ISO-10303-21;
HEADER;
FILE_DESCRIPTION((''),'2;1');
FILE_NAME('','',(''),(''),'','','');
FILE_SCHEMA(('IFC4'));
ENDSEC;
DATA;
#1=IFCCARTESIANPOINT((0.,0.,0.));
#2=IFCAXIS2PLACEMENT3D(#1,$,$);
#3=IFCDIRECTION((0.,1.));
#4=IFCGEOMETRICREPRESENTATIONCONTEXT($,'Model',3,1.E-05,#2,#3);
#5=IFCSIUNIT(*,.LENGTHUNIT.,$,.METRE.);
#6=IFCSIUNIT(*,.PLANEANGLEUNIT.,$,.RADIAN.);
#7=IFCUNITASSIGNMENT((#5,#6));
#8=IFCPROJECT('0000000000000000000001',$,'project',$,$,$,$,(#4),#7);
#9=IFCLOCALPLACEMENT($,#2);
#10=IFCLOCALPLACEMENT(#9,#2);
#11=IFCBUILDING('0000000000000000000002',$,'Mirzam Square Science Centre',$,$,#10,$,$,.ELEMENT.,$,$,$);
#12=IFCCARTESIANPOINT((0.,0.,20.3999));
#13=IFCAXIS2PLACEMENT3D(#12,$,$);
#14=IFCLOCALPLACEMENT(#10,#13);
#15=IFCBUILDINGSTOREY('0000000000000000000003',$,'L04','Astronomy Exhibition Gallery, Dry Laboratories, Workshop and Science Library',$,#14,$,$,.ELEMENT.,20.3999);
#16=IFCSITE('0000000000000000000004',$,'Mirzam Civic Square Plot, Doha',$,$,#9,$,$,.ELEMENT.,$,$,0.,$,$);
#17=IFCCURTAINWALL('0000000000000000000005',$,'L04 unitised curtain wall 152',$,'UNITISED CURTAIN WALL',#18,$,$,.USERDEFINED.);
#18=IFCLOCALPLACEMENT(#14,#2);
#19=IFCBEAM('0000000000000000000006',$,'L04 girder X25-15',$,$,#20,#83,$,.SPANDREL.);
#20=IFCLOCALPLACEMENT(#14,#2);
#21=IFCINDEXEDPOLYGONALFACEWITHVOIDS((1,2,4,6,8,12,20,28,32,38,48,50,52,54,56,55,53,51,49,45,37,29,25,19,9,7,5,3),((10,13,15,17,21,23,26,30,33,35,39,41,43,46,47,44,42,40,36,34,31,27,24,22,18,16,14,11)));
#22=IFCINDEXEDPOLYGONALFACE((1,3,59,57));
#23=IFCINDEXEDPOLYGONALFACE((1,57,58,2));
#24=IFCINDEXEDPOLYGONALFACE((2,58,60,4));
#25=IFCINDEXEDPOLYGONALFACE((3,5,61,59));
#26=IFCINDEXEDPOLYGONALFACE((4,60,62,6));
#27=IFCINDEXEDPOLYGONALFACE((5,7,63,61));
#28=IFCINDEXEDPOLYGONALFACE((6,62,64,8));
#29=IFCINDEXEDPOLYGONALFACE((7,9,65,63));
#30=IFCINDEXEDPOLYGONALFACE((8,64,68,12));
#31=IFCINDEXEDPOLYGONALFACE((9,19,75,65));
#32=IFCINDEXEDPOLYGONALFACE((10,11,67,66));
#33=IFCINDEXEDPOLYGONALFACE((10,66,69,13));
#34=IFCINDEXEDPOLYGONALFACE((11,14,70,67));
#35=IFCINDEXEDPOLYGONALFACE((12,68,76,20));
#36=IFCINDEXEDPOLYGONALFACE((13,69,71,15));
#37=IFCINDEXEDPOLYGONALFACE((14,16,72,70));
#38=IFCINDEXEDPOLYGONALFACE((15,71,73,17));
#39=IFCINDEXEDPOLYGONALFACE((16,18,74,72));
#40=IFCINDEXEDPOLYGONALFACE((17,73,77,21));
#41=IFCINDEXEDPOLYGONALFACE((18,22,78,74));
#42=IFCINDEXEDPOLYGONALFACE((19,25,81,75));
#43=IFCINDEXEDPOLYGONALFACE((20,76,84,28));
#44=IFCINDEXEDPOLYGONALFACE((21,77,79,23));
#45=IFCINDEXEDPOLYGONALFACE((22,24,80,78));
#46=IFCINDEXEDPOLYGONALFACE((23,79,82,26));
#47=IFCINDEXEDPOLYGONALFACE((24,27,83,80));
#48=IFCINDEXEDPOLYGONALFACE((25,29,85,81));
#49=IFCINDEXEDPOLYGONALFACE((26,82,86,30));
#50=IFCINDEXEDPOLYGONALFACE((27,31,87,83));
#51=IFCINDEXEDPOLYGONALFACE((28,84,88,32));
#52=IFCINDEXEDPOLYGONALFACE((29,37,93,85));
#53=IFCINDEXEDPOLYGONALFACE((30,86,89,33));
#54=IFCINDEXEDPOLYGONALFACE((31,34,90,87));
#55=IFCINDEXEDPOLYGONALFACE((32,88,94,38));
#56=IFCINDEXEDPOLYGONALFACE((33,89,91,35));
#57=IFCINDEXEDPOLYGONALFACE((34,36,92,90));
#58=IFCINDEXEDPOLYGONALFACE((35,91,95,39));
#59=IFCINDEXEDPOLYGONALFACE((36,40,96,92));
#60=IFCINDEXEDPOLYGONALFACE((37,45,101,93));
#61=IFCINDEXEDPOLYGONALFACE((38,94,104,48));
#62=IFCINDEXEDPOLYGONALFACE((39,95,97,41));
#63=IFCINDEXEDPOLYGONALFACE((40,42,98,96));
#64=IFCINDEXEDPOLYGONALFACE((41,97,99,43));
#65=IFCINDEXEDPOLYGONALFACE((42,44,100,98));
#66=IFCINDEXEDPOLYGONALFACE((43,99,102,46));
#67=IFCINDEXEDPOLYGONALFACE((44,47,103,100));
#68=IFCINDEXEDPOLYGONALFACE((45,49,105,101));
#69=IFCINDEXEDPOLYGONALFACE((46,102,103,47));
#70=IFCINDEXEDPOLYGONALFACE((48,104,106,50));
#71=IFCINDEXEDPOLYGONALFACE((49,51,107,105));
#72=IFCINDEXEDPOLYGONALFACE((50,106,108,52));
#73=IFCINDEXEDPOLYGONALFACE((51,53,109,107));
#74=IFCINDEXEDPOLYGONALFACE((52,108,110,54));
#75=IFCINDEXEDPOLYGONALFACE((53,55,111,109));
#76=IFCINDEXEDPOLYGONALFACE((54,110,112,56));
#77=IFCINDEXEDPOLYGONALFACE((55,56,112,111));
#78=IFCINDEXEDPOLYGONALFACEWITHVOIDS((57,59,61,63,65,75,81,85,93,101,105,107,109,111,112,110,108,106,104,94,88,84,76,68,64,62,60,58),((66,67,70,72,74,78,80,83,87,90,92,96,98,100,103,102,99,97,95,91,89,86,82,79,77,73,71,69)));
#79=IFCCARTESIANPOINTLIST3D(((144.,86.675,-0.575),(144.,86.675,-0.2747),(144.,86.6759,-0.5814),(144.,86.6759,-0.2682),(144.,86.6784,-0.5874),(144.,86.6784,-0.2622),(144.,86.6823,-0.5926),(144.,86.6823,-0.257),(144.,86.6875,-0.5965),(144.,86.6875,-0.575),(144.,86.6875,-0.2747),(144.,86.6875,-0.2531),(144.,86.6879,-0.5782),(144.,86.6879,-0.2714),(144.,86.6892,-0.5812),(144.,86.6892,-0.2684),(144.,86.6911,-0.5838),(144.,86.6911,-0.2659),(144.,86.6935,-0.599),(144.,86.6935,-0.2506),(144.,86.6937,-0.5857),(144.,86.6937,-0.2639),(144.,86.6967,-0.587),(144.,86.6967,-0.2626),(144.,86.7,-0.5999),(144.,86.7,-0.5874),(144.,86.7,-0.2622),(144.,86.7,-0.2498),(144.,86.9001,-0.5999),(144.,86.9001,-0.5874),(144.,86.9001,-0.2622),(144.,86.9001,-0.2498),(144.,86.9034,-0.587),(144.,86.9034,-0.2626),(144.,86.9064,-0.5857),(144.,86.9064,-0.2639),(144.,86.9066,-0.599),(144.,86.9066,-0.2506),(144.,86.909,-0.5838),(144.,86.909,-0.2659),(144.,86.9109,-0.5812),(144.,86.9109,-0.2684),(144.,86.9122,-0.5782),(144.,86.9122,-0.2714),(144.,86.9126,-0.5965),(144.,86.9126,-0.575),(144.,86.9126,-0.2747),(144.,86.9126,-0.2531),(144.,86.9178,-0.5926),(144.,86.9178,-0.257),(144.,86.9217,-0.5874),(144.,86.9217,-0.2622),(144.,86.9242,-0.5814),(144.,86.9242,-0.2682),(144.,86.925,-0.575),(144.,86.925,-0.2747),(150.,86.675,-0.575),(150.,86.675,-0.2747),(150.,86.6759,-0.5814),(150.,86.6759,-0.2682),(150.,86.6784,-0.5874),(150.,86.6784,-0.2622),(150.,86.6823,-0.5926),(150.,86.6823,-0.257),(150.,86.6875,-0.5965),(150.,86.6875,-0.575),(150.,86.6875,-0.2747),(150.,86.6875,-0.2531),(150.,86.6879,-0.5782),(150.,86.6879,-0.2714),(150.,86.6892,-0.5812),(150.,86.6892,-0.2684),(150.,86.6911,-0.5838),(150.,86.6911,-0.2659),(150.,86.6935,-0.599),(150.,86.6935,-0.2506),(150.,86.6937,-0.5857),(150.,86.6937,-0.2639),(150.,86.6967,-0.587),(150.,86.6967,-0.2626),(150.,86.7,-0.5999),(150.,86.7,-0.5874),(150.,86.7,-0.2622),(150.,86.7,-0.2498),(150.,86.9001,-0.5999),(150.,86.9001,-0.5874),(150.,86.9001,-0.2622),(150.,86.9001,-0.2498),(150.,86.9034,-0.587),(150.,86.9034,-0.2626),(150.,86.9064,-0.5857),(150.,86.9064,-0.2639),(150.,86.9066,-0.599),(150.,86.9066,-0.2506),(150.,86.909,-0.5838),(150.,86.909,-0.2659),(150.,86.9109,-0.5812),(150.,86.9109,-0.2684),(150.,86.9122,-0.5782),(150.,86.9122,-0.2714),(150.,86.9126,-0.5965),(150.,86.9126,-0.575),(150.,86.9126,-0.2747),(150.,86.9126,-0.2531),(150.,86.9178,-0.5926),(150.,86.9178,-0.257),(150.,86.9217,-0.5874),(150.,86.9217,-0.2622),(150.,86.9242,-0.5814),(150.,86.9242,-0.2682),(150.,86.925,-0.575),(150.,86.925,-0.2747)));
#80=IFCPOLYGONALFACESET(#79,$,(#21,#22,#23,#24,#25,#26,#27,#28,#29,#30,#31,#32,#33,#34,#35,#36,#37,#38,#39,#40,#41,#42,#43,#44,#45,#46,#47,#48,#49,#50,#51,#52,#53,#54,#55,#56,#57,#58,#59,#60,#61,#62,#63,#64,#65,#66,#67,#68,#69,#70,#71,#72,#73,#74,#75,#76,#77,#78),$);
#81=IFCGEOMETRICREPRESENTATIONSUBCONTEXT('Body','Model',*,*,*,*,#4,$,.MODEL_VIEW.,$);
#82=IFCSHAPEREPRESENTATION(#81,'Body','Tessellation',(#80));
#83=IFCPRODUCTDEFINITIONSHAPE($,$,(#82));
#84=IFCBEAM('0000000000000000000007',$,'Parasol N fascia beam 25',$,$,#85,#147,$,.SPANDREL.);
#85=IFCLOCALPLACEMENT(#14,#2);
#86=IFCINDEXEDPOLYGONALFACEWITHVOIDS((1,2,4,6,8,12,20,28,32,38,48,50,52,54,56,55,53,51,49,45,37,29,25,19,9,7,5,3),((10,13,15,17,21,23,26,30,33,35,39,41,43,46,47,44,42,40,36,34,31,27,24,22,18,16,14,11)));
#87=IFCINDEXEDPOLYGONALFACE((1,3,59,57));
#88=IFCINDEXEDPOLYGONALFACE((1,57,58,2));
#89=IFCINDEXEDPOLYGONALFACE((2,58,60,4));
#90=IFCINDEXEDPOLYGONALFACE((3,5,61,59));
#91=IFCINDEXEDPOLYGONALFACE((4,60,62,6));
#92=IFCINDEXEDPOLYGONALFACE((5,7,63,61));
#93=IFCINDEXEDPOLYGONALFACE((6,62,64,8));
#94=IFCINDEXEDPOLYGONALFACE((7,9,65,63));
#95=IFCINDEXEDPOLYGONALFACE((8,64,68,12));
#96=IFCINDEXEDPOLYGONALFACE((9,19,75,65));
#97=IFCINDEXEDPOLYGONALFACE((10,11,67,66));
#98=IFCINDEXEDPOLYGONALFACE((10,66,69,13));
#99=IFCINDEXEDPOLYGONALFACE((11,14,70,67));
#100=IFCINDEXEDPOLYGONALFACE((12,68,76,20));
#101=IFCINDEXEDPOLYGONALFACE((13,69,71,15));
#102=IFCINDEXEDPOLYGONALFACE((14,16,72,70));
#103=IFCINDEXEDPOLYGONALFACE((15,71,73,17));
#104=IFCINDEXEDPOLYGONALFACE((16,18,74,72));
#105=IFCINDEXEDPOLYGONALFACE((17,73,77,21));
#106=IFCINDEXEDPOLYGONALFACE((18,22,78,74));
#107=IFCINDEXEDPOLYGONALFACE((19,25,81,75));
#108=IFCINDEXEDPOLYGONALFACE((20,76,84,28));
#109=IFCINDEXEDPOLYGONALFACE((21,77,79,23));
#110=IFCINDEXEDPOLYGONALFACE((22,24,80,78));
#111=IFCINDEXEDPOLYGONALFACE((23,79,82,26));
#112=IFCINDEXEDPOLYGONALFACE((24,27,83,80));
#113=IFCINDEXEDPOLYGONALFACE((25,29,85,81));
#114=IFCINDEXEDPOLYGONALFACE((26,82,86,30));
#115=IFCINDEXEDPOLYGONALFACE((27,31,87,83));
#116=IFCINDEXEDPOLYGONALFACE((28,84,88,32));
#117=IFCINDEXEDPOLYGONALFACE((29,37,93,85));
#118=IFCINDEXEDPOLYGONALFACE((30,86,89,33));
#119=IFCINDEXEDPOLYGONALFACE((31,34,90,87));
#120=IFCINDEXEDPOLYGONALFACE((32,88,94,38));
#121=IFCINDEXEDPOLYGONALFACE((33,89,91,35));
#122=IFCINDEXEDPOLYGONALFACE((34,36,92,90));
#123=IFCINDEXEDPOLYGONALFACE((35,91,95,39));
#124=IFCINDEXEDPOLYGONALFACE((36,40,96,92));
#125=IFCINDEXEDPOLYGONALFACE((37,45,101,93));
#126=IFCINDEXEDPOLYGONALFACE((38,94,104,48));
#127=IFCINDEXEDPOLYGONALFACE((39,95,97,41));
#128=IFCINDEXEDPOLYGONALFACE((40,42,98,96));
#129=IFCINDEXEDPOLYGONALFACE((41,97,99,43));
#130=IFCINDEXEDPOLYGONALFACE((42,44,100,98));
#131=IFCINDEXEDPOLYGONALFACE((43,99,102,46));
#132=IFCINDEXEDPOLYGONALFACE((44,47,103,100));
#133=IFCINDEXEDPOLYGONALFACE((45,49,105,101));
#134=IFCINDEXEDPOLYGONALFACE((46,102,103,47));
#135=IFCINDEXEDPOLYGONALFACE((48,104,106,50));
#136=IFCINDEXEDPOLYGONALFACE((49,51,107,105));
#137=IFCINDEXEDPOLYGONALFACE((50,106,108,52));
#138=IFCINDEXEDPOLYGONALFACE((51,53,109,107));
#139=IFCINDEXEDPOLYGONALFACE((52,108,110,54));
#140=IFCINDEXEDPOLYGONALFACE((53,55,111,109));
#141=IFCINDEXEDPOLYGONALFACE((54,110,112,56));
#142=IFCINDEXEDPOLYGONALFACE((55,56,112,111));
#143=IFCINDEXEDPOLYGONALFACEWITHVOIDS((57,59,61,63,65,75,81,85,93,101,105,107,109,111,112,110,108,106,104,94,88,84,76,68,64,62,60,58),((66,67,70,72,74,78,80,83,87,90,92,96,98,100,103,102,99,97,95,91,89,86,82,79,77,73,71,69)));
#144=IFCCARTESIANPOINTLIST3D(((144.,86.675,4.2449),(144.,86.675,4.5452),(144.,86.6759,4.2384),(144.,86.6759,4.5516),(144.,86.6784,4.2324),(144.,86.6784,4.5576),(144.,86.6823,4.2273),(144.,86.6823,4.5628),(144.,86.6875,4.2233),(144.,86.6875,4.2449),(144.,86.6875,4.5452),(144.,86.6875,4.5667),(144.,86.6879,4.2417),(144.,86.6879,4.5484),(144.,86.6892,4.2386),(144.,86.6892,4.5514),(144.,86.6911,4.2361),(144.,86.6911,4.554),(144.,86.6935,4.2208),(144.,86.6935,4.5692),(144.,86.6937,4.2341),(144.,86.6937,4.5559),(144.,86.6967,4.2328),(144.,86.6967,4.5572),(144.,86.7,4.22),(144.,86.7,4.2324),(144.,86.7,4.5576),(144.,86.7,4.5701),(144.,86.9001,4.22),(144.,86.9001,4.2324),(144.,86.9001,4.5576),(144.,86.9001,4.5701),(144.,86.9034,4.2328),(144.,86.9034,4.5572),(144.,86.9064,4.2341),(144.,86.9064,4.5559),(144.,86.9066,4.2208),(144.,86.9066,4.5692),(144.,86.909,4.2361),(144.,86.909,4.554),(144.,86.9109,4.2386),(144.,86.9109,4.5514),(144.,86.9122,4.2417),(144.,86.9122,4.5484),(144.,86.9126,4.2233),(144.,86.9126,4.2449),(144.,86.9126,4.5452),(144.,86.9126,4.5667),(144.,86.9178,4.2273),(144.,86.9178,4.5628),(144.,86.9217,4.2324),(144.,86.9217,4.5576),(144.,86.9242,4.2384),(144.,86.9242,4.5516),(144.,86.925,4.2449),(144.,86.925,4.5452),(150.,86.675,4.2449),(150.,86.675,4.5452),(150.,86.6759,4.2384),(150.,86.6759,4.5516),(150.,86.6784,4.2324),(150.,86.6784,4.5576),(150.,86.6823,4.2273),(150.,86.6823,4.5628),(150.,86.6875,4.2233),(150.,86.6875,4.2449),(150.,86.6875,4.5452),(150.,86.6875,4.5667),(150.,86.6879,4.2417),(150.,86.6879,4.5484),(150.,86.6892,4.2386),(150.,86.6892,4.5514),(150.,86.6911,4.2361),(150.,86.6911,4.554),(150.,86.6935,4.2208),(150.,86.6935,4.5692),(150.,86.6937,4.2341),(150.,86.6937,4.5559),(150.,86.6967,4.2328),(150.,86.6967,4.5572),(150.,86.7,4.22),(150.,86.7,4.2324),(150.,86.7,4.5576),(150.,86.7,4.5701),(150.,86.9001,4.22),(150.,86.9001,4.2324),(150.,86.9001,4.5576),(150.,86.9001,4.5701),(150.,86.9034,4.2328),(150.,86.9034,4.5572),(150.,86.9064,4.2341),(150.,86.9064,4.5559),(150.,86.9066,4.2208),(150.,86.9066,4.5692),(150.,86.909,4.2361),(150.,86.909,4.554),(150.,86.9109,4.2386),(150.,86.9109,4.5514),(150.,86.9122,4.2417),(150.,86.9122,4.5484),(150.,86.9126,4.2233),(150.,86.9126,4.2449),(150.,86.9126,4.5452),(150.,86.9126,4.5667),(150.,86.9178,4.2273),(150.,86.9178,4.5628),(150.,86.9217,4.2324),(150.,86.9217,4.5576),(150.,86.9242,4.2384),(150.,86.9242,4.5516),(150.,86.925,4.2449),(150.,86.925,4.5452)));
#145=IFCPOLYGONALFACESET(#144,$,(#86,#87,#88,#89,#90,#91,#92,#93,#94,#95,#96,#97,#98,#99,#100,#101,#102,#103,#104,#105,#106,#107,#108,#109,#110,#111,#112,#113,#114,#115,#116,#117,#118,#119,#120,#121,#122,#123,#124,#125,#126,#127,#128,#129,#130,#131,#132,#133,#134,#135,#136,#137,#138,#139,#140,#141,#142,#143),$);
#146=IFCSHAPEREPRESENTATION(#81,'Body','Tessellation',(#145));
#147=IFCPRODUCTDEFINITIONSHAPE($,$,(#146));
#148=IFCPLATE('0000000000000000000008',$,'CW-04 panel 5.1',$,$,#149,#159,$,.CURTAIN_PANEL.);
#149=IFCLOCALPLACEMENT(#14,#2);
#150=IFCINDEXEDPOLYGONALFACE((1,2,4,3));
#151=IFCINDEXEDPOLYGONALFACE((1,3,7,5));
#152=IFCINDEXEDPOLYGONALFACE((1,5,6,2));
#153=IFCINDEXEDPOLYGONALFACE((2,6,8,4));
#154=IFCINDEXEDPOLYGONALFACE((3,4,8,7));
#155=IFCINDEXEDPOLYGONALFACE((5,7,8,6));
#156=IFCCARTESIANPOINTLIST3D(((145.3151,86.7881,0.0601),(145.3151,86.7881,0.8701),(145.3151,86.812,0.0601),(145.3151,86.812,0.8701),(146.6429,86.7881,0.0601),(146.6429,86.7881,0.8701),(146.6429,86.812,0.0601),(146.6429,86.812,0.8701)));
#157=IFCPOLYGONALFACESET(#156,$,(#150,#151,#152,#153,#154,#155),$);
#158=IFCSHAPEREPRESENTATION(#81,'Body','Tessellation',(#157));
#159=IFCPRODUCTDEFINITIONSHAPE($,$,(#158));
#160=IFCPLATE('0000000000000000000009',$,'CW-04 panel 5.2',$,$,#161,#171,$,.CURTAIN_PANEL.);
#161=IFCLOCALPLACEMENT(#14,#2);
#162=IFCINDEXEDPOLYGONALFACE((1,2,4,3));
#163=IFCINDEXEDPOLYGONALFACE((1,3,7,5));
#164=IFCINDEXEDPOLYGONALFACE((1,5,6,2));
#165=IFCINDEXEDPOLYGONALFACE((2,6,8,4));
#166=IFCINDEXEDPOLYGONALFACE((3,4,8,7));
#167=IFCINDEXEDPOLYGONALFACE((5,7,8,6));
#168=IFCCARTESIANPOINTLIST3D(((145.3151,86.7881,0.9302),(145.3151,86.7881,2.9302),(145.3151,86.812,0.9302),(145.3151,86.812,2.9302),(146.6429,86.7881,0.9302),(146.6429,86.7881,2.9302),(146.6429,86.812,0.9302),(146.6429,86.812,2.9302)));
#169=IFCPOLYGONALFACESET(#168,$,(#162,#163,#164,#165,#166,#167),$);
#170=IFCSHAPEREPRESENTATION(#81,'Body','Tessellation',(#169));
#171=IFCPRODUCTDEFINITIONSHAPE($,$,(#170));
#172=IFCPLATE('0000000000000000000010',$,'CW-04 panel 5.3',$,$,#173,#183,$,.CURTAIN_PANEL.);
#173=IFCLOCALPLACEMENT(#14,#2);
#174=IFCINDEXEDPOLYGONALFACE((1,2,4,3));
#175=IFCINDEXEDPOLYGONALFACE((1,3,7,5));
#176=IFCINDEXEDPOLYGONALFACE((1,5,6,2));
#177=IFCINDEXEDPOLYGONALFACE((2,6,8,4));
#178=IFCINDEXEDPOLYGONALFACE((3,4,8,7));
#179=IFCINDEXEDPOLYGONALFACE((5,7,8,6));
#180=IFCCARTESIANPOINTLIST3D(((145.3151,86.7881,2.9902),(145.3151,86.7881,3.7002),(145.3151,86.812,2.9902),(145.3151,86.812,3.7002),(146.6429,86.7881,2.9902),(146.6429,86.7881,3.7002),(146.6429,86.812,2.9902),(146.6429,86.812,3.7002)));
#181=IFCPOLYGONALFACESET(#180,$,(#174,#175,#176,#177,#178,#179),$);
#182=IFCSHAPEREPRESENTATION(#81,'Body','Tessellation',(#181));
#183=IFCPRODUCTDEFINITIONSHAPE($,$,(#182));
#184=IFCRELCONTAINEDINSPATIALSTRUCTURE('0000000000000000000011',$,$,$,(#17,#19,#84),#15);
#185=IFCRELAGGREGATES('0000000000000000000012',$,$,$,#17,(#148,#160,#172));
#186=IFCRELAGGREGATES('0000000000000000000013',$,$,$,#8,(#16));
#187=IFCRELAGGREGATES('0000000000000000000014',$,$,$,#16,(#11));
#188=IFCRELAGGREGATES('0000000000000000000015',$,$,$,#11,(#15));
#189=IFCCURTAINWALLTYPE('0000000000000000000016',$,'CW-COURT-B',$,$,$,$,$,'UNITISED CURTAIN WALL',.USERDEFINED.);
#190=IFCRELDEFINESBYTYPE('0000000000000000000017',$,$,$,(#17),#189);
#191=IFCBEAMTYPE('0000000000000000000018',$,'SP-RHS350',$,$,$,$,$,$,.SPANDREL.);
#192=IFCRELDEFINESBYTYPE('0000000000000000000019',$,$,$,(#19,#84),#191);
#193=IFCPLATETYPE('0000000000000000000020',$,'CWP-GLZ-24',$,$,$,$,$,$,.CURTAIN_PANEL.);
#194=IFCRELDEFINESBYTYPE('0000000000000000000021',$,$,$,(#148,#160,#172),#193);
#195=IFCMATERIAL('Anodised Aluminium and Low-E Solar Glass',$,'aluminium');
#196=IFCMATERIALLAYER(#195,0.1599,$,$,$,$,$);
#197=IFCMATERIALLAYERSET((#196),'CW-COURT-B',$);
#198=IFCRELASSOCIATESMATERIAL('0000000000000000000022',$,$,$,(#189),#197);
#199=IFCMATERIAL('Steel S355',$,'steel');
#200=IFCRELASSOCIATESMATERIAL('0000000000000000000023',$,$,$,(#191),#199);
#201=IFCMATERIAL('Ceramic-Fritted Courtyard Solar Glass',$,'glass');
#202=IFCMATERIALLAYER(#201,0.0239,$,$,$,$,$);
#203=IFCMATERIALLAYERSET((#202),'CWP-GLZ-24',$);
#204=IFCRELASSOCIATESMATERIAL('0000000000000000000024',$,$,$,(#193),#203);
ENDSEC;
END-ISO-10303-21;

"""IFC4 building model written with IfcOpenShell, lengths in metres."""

from ifc_helpers import new_model, si_unit, direction, frame, origin, origin_2d, place, context, subcontext, project, spatial, rectangle, hollow_rectangle, extrude, material, layer, layer_set, material_profile, profile_set, type_object, element, aggregate, save


model = new_model("IFC4")

# Units and contexts
model_context = context("Model", 3, precision=1e-05, world=origin(), true_north=direction((0.0, 1.0)))
body_context = subcontext(model_context, "Body", "Model", "MODEL_VIEW")
ifc_project = project(units=[si_unit("LENGTHUNIT", "METRE"), si_unit("PLANEANGLEUNIT", "RADIAN")], contexts=[model_context])

# Site, building, storey
site_placement = place(None, origin())
site = spatial("IfcSite", under=ifc_project, at=site_placement, Name="Mirzam Civic Square Plot, Doha", CompositionType="ELEMENT", RefElevation=0.0)
building_placement = place(site_placement, origin())
building = spatial("IfcBuilding", under=site, at=building_placement, Name="Mirzam Square Science Centre", CompositionType="ELEMENT")
storey_placement = place(building_placement, frame((0.0, 0.0, 20.3999)))
storey = spatial("IfcBuildingStorey", under=building, at=storey_placement, Name="L04", Description="Astronomy Exhibition Gallery, Dry Laboratories, Workshop and Science Library", CompositionType="ELEMENT", Elevation=20.3999)

# Shared definitions
ifc_material_1 = material(Name="Steel S355", Category="steel")

# Curtain wall
ifc_material_2 = material(Name="Anodised Aluminium and Low-E Solar Glass", Category="aluminium")
ifc_layer_1 = layer(ifc_material_2, 0.1599)
ifc_layer_set_1 = layer_set([ifc_layer_1], Name="CW-COURT-B")
curtain_wall_type = type_object("IfcCurtainWallType", Name="CW-COURT-B", ElementType="UNITISED CURTAIN WALL", PredefinedType="USERDEFINED", material=ifc_layer_set_1)
curtain_wall_placement = place(storey_placement, origin())
curtain_wall = element("IfcCurtainWall", 1, at=curtain_wall_placement, inside=storey, type_object=curtain_wall_type, Name="L04 unitised curtain wall 152", ObjectType="UNITISED CURTAIN WALL", PredefinedType="USERDEFINED")

# Beams
ifc_material_profile_1 = material_profile(ifc_material_1, hollow_rectangle(XDim=0.25, YDim=0.3501, WallThickness=0.0125, InnerFilletRadius=0.0125, OuterFilletRadius=0.0249, at=origin_2d()), Name="350x250x12.5RHS")
ifc_profile_set_1 = profile_set([ifc_material_profile_1], Name="Steel S355")
beam_type_1 = type_object("IfcBeamType", Name="SP-RHS350", PredefinedType="SPANDREL", material=ifc_profile_set_1)
for number, where, z_axis, x_axis, name in (
    (2, (144.0, 86.8, -0.4248), (1.0, 0.0, 0.0), (0.0, 1.0, 0.0), "L04 girder X25-15"),
    (3, (144.0, 86.8, 4.395), (1.0, 0.0, 0.0), (0.0, 1.0, 0.0), "Parasol N fascia beam 25"),
):
    element("IfcBeam", number, at=place(storey_placement, frame(where, z_axis=z_axis, x_axis=x_axis)), inside=storey, type_object=beam_type_1, Name=name, PredefinedType="SPANDREL", context=body_context, shape_type="SweptSolid", body=[
        extrude(hollow_rectangle(XDim=0.25, YDim=0.3501, WallThickness=0.0125, InnerFilletRadius=0.0125, OuterFilletRadius=0.0249, at=origin_2d()), origin(), (0.0, 0.0, 1.0), 6.0),
    ])

# Plates
ifc_material_3 = material(Name="Ceramic-Fritted Courtyard Solar Glass", Category="glass")
ifc_layer_2 = layer(ifc_material_3, 0.0239)
ifc_layer_set_2 = layer_set([ifc_layer_2], Name="CWP-GLZ-24")
plate_type = type_object("IfcPlateType", Name="CWP-GLZ-24", PredefinedType="CURTAIN_PANEL", material=ifc_layer_set_2)
plate_1_placement = place(storey_placement, frame((145.979, 86.8, 0.0601), z_axis=(0.0, 0.0, 1.0), x_axis=(-1.0, 0.0, 0.0)))
plate_1 = element("IfcPlate", 4, at=plate_1_placement, type_object=plate_type, Name="CW-04 panel 5.1", PredefinedType="CURTAIN_PANEL", context=body_context, shape_type="SweptSolid", body=[
    extrude(rectangle(XDim=1.3279, YDim=0.0239, at=origin_2d()), origin(), (0.0, 0.0, 1.0), 0.8101),
])
plate_2_placement = place(storey_placement, frame((145.979, 86.8, 0.9302), z_axis=(0.0, 0.0, 1.0), x_axis=(-1.0, 0.0, 0.0)))
plate_2 = element("IfcPlate", 5, at=plate_2_placement, type_object=plate_type, Name="CW-04 panel 5.2", PredefinedType="CURTAIN_PANEL", context=body_context, shape_type="SweptSolid", body=[
    extrude(rectangle(XDim=1.3279, YDim=0.0239, at=origin_2d()), origin(), (0.0, 0.0, 1.0), 2.0),
])
plate_3_placement = place(storey_placement, frame((145.979, 86.8, 2.9902), z_axis=(0.0, 0.0, 1.0), x_axis=(-1.0, 0.0, 0.0)))
plate_3 = element("IfcPlate", 6, at=plate_3_placement, type_object=plate_type, Name="CW-04 panel 5.3", PredefinedType="CURTAIN_PANEL", context=body_context, shape_type="SweptSolid", body=[
    extrude(rectangle(XDim=1.3279, YDim=0.0239, at=origin_2d()), origin(), (0.0, 0.0, 1.0), 0.71),
])
aggregate(curtain_wall, [plate_1, plate_2, plate_3])

save(model, "model.ifc")
